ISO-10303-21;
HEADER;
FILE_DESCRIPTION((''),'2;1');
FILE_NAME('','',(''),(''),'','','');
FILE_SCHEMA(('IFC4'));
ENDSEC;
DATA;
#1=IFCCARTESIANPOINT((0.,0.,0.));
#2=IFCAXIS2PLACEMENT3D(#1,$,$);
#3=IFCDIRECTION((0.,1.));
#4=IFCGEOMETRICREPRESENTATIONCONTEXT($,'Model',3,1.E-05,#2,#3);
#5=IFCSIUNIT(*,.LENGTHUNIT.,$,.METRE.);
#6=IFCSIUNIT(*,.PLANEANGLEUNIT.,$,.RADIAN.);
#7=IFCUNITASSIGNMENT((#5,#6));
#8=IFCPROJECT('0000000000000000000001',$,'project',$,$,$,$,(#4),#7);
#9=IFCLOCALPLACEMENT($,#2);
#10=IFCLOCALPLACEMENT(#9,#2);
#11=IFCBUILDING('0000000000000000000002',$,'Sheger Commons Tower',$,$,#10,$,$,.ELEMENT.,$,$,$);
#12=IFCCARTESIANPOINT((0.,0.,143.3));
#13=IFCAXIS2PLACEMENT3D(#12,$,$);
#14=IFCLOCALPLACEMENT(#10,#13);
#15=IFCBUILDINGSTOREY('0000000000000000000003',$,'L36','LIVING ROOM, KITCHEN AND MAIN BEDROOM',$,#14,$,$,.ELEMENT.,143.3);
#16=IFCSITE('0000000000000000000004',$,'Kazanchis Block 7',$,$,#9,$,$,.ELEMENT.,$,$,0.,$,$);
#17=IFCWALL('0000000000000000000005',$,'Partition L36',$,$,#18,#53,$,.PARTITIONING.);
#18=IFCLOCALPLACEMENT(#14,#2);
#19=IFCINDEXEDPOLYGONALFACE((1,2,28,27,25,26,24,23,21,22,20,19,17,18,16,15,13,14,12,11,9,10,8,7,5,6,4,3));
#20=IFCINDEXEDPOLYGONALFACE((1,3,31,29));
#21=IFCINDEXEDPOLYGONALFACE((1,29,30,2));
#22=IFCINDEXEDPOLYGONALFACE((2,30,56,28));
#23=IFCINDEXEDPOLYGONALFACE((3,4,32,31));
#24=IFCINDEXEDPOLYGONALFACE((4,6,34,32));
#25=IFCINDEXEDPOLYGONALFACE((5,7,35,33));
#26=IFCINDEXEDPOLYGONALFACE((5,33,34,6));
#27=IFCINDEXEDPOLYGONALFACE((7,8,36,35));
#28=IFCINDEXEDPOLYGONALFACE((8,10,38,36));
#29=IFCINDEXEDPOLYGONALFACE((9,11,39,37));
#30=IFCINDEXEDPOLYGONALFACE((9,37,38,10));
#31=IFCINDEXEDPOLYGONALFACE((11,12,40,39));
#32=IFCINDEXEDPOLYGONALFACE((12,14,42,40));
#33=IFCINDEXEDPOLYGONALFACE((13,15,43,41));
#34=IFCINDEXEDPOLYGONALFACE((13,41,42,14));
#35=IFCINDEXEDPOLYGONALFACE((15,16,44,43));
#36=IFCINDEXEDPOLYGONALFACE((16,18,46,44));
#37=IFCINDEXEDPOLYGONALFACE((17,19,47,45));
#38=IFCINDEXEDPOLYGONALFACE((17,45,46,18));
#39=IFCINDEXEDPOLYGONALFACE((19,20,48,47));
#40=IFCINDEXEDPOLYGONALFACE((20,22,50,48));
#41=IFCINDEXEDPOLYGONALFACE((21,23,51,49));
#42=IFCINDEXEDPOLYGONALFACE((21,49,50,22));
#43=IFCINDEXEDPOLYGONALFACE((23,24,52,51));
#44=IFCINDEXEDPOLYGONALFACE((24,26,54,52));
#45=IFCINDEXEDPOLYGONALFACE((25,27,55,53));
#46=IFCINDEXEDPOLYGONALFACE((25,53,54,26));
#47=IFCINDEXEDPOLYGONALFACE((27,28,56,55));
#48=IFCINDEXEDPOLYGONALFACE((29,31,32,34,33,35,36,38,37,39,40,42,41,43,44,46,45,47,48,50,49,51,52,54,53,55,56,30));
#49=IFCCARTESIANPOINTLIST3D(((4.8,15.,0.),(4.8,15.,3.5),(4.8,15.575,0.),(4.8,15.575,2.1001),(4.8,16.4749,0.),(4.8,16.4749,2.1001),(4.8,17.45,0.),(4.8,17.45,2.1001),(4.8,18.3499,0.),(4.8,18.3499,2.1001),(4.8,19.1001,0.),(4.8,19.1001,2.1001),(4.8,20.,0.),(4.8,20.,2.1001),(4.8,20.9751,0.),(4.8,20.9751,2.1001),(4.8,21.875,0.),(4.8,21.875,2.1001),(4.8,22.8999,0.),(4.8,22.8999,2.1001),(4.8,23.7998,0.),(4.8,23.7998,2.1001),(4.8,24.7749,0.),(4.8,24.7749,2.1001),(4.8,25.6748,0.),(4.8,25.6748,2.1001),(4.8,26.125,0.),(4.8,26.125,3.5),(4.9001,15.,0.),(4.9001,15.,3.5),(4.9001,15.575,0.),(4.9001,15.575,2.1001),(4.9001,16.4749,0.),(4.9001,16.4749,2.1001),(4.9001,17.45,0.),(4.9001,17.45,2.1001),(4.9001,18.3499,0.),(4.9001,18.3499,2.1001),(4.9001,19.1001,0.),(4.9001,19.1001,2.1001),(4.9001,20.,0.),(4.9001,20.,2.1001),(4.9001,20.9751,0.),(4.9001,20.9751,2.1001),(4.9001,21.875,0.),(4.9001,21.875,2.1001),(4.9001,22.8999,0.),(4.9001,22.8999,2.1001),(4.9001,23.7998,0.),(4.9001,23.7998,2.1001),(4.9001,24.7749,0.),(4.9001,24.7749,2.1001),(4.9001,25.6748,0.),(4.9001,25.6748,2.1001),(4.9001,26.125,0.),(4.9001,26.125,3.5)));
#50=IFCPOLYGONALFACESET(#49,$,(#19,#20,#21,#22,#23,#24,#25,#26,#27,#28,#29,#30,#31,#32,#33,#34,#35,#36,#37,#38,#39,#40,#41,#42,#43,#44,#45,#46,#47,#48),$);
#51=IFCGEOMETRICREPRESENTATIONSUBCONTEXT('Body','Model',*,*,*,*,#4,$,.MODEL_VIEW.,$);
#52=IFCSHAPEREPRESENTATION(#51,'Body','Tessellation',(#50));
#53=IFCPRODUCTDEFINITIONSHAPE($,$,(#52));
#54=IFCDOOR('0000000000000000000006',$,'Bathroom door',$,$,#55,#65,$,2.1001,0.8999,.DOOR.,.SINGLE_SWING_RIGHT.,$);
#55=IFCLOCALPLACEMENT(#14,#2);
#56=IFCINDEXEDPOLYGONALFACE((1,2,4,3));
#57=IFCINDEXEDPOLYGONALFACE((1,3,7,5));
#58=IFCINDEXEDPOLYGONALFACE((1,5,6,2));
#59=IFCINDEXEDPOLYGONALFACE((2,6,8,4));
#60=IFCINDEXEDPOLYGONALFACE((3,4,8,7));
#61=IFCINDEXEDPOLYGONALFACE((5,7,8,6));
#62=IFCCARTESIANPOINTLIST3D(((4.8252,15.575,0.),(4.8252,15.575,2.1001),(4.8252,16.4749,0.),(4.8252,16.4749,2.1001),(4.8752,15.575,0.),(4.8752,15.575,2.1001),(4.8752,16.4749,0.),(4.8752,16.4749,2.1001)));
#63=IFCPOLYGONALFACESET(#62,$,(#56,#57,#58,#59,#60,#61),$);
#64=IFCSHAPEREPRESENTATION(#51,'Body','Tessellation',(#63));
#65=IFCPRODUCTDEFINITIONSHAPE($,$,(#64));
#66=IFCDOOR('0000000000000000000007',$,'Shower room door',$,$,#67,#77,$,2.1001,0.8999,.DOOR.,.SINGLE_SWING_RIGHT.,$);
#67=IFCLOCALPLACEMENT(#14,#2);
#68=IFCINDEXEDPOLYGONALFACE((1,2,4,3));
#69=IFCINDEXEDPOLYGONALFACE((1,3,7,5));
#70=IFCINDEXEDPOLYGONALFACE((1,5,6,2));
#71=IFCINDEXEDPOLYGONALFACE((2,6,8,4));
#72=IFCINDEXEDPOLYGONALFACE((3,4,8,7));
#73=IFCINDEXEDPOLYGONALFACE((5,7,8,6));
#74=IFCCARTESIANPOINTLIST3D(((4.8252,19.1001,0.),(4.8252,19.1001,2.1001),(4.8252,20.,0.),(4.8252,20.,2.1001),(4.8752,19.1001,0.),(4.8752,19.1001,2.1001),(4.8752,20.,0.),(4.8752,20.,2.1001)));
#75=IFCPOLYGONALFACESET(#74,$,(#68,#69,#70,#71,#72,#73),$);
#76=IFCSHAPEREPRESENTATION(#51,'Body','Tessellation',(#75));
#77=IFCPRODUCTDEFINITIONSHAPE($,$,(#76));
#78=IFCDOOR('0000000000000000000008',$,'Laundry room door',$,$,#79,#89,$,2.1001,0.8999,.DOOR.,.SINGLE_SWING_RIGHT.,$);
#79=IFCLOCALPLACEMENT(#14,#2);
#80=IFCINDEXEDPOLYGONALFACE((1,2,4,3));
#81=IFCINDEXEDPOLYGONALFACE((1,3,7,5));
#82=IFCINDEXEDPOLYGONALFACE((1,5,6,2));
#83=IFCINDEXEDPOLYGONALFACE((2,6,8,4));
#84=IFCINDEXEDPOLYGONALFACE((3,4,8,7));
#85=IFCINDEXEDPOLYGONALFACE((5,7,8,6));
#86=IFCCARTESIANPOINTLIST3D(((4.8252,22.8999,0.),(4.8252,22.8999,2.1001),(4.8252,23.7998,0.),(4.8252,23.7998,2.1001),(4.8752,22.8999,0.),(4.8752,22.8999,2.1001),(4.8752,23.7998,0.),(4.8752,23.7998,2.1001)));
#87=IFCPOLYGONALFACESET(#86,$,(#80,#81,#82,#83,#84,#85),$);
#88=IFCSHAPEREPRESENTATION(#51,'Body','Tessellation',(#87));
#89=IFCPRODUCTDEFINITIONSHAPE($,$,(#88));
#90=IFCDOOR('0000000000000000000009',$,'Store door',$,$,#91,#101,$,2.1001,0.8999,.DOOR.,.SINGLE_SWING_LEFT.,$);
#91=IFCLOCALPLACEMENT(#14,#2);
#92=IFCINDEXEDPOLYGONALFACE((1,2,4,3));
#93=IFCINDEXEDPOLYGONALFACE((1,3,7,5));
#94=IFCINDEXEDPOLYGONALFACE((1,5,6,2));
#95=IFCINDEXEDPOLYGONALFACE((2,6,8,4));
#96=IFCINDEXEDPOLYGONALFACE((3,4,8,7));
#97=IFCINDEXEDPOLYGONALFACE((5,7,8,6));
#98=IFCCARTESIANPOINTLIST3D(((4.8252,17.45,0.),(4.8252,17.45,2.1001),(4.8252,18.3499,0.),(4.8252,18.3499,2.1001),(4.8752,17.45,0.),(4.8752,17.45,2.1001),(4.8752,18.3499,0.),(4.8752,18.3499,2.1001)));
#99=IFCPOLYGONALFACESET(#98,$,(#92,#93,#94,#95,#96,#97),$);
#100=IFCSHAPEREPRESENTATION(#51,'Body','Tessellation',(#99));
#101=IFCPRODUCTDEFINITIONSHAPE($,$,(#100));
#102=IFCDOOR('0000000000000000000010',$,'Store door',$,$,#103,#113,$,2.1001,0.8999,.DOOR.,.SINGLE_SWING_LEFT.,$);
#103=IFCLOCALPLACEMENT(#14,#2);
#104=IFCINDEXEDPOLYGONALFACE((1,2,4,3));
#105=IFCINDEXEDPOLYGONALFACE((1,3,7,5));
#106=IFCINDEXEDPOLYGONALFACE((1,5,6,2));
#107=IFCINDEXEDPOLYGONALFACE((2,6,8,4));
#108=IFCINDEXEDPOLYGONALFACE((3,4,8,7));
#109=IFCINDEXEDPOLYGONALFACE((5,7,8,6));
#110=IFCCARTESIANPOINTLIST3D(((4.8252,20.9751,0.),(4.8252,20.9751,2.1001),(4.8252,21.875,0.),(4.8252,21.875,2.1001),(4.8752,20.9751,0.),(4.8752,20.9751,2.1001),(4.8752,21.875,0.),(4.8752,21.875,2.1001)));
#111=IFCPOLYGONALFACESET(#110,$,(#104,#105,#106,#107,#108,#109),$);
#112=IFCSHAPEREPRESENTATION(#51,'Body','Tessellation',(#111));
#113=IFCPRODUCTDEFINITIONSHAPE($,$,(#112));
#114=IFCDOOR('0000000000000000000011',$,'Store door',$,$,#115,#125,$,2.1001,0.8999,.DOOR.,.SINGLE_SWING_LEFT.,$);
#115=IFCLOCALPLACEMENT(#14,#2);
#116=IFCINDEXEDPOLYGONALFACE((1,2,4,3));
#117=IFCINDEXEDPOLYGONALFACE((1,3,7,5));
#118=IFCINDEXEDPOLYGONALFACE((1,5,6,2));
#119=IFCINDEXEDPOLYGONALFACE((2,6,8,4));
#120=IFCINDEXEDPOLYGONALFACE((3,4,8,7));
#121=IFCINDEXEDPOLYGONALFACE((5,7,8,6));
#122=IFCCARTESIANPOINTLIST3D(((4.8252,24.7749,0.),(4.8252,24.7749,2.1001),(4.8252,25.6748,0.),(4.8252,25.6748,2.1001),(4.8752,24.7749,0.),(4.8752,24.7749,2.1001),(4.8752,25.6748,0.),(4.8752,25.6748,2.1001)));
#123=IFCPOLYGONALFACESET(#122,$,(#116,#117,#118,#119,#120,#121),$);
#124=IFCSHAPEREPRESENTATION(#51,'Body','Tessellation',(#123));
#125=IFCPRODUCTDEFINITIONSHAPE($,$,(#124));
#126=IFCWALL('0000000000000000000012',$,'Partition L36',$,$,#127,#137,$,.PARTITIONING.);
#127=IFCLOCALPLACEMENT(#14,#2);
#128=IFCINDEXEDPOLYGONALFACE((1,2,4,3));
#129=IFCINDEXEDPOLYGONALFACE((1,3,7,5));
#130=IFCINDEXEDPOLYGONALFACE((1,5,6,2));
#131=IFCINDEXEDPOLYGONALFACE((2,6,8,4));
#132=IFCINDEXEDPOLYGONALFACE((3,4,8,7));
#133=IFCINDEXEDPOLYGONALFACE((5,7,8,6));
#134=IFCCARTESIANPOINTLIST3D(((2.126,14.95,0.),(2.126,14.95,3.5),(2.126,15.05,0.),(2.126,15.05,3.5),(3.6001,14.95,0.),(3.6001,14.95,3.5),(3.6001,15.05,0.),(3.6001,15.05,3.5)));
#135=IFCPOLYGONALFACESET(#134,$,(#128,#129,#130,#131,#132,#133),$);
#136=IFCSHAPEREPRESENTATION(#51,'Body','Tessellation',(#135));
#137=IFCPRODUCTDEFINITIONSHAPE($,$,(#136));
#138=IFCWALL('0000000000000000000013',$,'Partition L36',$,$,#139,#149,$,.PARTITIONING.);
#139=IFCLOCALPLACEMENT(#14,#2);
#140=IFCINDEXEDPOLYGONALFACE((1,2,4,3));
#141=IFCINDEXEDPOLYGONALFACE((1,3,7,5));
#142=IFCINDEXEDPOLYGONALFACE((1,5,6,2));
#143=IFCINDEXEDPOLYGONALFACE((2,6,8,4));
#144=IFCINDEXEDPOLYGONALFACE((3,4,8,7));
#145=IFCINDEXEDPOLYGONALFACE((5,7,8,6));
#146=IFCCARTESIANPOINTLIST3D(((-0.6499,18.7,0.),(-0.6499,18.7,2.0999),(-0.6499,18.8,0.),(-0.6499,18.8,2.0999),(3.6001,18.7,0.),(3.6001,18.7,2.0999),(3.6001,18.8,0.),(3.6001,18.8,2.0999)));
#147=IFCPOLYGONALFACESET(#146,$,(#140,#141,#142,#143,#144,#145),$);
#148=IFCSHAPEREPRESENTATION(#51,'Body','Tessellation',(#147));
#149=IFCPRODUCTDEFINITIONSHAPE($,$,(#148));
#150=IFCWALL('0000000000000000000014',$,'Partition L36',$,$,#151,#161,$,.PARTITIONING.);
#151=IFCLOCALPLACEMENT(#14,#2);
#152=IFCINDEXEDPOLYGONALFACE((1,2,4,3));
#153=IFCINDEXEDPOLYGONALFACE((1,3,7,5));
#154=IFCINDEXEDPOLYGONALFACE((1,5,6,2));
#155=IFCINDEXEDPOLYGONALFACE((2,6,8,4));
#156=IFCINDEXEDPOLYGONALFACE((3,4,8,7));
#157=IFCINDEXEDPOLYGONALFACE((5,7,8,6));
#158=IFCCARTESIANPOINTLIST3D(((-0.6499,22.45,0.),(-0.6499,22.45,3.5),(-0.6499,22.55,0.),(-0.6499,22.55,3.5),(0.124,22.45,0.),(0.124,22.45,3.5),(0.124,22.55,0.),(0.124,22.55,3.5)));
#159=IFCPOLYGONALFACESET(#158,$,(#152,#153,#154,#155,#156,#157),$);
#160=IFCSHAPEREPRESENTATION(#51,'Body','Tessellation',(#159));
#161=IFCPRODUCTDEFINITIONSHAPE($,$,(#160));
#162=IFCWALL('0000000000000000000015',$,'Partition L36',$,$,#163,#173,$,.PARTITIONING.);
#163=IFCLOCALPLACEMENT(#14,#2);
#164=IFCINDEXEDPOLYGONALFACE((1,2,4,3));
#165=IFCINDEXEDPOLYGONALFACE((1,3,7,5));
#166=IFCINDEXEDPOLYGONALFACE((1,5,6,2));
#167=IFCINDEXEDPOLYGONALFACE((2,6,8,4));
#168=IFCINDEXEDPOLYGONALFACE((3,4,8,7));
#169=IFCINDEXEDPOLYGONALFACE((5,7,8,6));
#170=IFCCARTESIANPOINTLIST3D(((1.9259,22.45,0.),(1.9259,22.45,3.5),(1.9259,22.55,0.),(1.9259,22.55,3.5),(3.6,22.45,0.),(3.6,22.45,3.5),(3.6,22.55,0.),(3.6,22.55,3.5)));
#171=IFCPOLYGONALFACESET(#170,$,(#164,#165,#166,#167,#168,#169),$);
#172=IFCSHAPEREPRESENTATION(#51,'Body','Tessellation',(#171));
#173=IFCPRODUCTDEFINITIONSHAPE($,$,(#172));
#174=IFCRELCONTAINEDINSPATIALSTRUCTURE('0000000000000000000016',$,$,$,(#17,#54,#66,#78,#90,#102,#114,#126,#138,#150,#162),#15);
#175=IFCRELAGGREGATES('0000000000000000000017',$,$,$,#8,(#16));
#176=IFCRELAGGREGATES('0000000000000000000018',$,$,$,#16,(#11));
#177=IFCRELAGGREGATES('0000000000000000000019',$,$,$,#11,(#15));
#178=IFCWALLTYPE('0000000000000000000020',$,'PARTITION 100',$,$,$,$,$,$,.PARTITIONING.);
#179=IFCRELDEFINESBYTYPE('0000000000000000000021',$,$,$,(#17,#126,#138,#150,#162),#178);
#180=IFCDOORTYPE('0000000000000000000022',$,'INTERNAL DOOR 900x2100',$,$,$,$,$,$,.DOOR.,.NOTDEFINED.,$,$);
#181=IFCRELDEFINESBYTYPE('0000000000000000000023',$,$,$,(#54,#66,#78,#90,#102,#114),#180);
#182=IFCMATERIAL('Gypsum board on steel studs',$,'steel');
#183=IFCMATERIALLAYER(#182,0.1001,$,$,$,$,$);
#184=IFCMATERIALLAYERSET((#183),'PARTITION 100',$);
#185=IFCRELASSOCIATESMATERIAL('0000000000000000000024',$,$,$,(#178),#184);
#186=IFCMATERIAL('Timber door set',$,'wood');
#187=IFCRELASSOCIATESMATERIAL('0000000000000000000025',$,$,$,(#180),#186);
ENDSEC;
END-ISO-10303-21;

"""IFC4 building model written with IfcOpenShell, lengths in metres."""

from ifc_helpers import new_model, si_unit, direction, frame, frame_2d, origin, place, context, subcontext, project, spatial, rectangle, extrude, material, layer, layer_set, type_object, element, fill, save


model = new_model("IFC4")

# Units and contexts
model_context = context("Model", 3, precision=1e-05, world=origin(), true_north=direction((0.0, 1.0)))
body_context = subcontext(model_context, "Body", "Model", "MODEL_VIEW")
ifc_project = project(units=[si_unit("LENGTHUNIT", "METRE"), si_unit("PLANEANGLEUNIT", "RADIAN")], contexts=[model_context])

# Site, building, storey
site_placement = place(None, origin())
site = spatial("IfcSite", under=ifc_project, at=site_placement, Name="Kazanchis Block 7", CompositionType="ELEMENT", RefElevation=0.0)
building_placement = place(site_placement, origin())
building = spatial("IfcBuilding", under=site, at=building_placement, Name="Sheger Commons Tower", CompositionType="ELEMENT")
storey_placement = place(building_placement, frame((0.0, 0.0, 143.3)))
storey = spatial("IfcBuildingStorey", under=building, at=storey_placement, Name="L36", Description="LIVING ROOM, KITCHEN AND MAIN BEDROOM", CompositionType="ELEMENT", Elevation=143.3)

# Wall, openings, doors
ifc_material_1 = material(Name="Gypsum board on steel studs", Category="steel")
ifc_layer_1 = layer(ifc_material_1, 0.1001)
ifc_layer_set_1 = layer_set([ifc_layer_1], Name="PARTITION 100")
wall_type = type_object("IfcWallType", Name="PARTITION 100", PredefinedType="PARTITIONING", material=ifc_layer_set_1)
ifc_material_2 = material(Name="Timber door set", Category="wood")
door_type = type_object("IfcDoorType", Name="INTERNAL DOOR 900x2100", OperationType="NOTDEFINED", PredefinedType="DOOR", material=ifc_material_2)
wall_1_placement = place(storey_placement, frame((4.8501, 15.0, 0.0), z_axis=(0.0, 0.0, 1.0), x_axis=(0.0, 1.0, 0.0)))
wall_1 = element("IfcWall", 1, at=wall_1_placement, inside=storey, type_object=wall_type, Name="Partition L36", PredefinedType="PARTITIONING", context=body_context, shape_type="SweptSolid", body=[
    extrude(rectangle(XDim=11.125, YDim=0.1001, at=frame_2d((5.5625, 0.0))), origin(), (0.0, 0.0, 1.0), 3.5),
])
opening_1_placement = place(wall_1_placement, frame((0.575, 0.0, 0.0)))
opening_1 = element("IfcOpeningElement", 2, at=opening_1_placement, cuts=wall_1, PredefinedType="OPENING", context=body_context, shape_type="SweptSolid", body=[
    extrude(rectangle(XDim=0.8999, YDim=2.1001, at=frame_2d((0.45, 1.05))), frame((0.0, 0.0601, 0.0), z_axis=(0.0, -1.0, 0.0), x_axis=(1.0, 0.0, 0.0)), (0.0, 0.0, 1.0), 0.1201),
])
opening_2_placement = place(wall_1_placement, frame((4.1001, 0.0, 0.0)))
opening_2 = element("IfcOpeningElement", 3, at=opening_2_placement, cuts=wall_1, PredefinedType="OPENING", context=body_context, shape_type="SweptSolid", body=[
    extrude(rectangle(XDim=0.8999, YDim=2.1001, at=frame_2d((0.45, 1.05))), frame((0.0, 0.0601, 0.0), z_axis=(0.0, -1.0, 0.0), x_axis=(1.0, 0.0, 0.0)), (0.0, 0.0, 1.0), 0.1201),
])
opening_3_placement = place(wall_1_placement, frame((7.8999, 0.0, 0.0)))
opening_3 = element("IfcOpeningElement", 4, at=opening_3_placement, cuts=wall_1, PredefinedType="OPENING", context=body_context, shape_type="SweptSolid", body=[
    extrude(rectangle(XDim=0.8999, YDim=2.1001, at=frame_2d((0.45, 1.05))), frame((0.0, 0.0601, 0.0), z_axis=(0.0, -1.0, 0.0), x_axis=(1.0, 0.0, 0.0)), (0.0, 0.0, 1.0), 0.1201),
])
opening_4_placement = place(wall_1_placement, frame((2.45, 0.0, 0.0)))
opening_4 = element("IfcOpeningElement", 5, at=opening_4_placement, cuts=wall_1, PredefinedType="OPENING", context=body_context, shape_type="SweptSolid", body=[
    extrude(rectangle(XDim=0.8999, YDim=2.1001, at=frame_2d((0.45, 1.05))), frame((0.0, 0.0601, 0.0), z_axis=(0.0, -1.0, 0.0), x_axis=(1.0, 0.0, 0.0)), (0.0, 0.0, 1.0), 0.1201),
])
opening_5_placement = place(wall_1_placement, frame((5.9751, 0.0, 0.0)))
opening_5 = element("IfcOpeningElement", 6, at=opening_5_placement, cuts=wall_1, PredefinedType="OPENING", context=body_context, shape_type="SweptSolid", body=[
    extrude(rectangle(XDim=0.8999, YDim=2.1001, at=frame_2d((0.45, 1.05))), frame((0.0, 0.0601, 0.0), z_axis=(0.0, -1.0, 0.0), x_axis=(1.0, 0.0, 0.0)), (0.0, 0.0, 1.0), 0.1201),
])
opening_6_placement = place(wall_1_placement, frame((9.7749, 0.0, 0.0)))
opening_6 = element("IfcOpeningElement", 7, at=opening_6_placement, cuts=wall_1, PredefinedType="OPENING", context=body_context, shape_type="SweptSolid", body=[
    extrude(rectangle(XDim=0.8999, YDim=2.1001, at=frame_2d((0.45, 1.05))), frame((0.0, 0.0601, 0.0), z_axis=(0.0, -1.0, 0.0), x_axis=(1.0, 0.0, 0.0)), (0.0, 0.0, 1.0), 0.1201),
])
door_1_placement = place(opening_1_placement, origin())
door_1 = element("IfcDoor", 8, at=door_1_placement, inside=storey, type_object=door_type, Name="Bathroom door", OperationType="SINGLE_SWING_RIGHT", OverallHeight=2.1001, OverallWidth=0.8999, PredefinedType="DOOR", context=body_context, shape_type="SweptSolid", body=[
    extrude(rectangle(XDim=0.8999, YDim=2.1001, at=frame_2d((0.45, 1.05))), frame((0.0, 0.0249, 0.0), z_axis=(0.0, -1.0, 0.0), x_axis=(1.0, 0.0, 0.0)), (0.0, 0.0, 1.0), 0.05),
])
fill(opening_1, door_1)
door_2_placement = place(opening_2_placement, origin())
door_2 = element("IfcDoor", 9, at=door_2_placement, inside=storey, type_object=door_type, Name="Shower room door", OperationType="SINGLE_SWING_RIGHT", OverallHeight=2.1001, OverallWidth=0.8999, PredefinedType="DOOR", context=body_context, shape_type="SweptSolid", body=[
    extrude(rectangle(XDim=0.8999, YDim=2.1001, at=frame_2d((0.45, 1.05))), frame((0.0, 0.0249, 0.0), z_axis=(0.0, -1.0, 0.0), x_axis=(1.0, 0.0, 0.0)), (0.0, 0.0, 1.0), 0.05),
])
fill(opening_2, door_2)
door_3_placement = place(opening_3_placement, origin())
door_3 = element("IfcDoor", 10, at=door_3_placement, inside=storey, type_object=door_type, Name="Laundry room door", OperationType="SINGLE_SWING_RIGHT", OverallHeight=2.1001, OverallWidth=0.8999, PredefinedType="DOOR", context=body_context, shape_type="SweptSolid", body=[
    extrude(rectangle(XDim=0.8999, YDim=2.1001, at=frame_2d((0.45, 1.05))), frame((0.0, 0.0249, 0.0), z_axis=(0.0, -1.0, 0.0), x_axis=(1.0, 0.0, 0.0)), (0.0, 0.0, 1.0), 0.05),
])
fill(opening_3, door_3)
door_4_placement = place(opening_4_placement, origin())
door_4 = element("IfcDoor", 11, at=door_4_placement, inside=storey, type_object=door_type, Name="Store door", OperationType="SINGLE_SWING_LEFT", OverallHeight=2.1001, OverallWidth=0.8999, PredefinedType="DOOR", context=body_context, shape_type="SweptSolid", body=[
    extrude(rectangle(XDim=0.8999, YDim=2.1001, at=frame_2d((0.45, 1.05))), frame((0.0, 0.0249, 0.0), z_axis=(0.0, -1.0, 0.0), x_axis=(1.0, 0.0, 0.0)), (0.0, 0.0, 1.0), 0.05),
])
fill(opening_4, door_4)
door_5_placement = place(opening_5_placement, origin())
door_5 = element("IfcDoor", 12, at=door_5_placement, inside=storey, type_object=door_type, Name="Store door", OperationType="SINGLE_SWING_LEFT", OverallHeight=2.1001, OverallWidth=0.8999, PredefinedType="DOOR", context=body_context, shape_type="SweptSolid", body=[
    extrude(rectangle(XDim=0.8999, YDim=2.1001, at=frame_2d((0.45, 1.05))), frame((0.0, 0.0249, 0.0), z_axis=(0.0, -1.0, 0.0), x_axis=(1.0, 0.0, 0.0)), (0.0, 0.0, 1.0), 0.05),
])
fill(opening_5, door_5)
door_6_placement = place(opening_6_placement, origin())
door_6 = element("IfcDoor", 13, at=door_6_placement, inside=storey, type_object=door_type, Name="Store door", OperationType="SINGLE_SWING_LEFT", OverallHeight=2.1001, OverallWidth=0.8999, PredefinedType="DOOR", context=body_context, shape_type="SweptSolid", body=[
    extrude(rectangle(XDim=0.8999, YDim=2.1001, at=frame_2d((0.45, 1.05))), frame((0.0, 0.0249, 0.0), z_axis=(0.0, -1.0, 0.0), x_axis=(1.0, 0.0, 0.0)), (0.0, 0.0, 1.0), 0.05),
])
fill(opening_6, door_6)

# Walls
wall_2_placement = place(storey_placement, frame((2.126, 15.0, 0.0), z_axis=(0.0, 0.0, 1.0), x_axis=(1.0, 0.0, 0.0)))
element("IfcWall", 14, at=wall_2_placement, inside=storey, type_object=wall_type, Name="Partition L36", PredefinedType="PARTITIONING", context=body_context, shape_type="SweptSolid", body=[
    extrude(rectangle(XDim=1.4741, YDim=0.1001, at=frame_2d((0.7371, 0.0))), origin(), (0.0, 0.0, 1.0), 3.5),
])
wall_3_placement = place(storey_placement, frame((-0.6499, 18.75, 0.0), z_axis=(0.0, 0.0, 1.0), x_axis=(1.0, 0.0, 0.0)))
element("IfcWall", 15, at=wall_3_placement, inside=storey, type_object=wall_type, Name="Partition L36", PredefinedType="PARTITIONING", context=body_context, shape_type="SweptSolid", body=[
    extrude(rectangle(XDim=4.25, YDim=0.1001, at=frame_2d((2.125, 0.0))), origin(), (0.0, 0.0, 1.0), 2.0999),
])
wall_4_placement = place(storey_placement, frame((-0.6499, 22.5, 0.0), z_axis=(0.0, 0.0, 1.0), x_axis=(1.0, 0.0, 0.0)))
element("IfcWall", 16, at=wall_4_placement, inside=storey, type_object=wall_type, Name="Partition L36", PredefinedType="PARTITIONING", context=body_context, shape_type="SweptSolid", body=[
    extrude(rectangle(XDim=0.7739, YDim=0.1001, at=frame_2d((0.387, 0.0))), origin(), (0.0, 0.0, 1.0), 3.5),
])
wall_5_placement = place(storey_placement, frame((1.926, 22.5, 0.0), z_axis=(0.0, 0.0, 1.0), x_axis=(1.0, 0.0, 0.0)))
element("IfcWall", 17, at=wall_5_placement, inside=storey, type_object=wall_type, Name="Partition L36", PredefinedType="PARTITIONING", context=body_context, shape_type="SweptSolid", body=[
    extrude(rectangle(XDim=1.6741, YDim=0.1001, at=frame_2d((0.8369, 0.0))), origin(), (0.0, 0.0, 1.0), 3.5),
])

save(model, "model.ifc")
